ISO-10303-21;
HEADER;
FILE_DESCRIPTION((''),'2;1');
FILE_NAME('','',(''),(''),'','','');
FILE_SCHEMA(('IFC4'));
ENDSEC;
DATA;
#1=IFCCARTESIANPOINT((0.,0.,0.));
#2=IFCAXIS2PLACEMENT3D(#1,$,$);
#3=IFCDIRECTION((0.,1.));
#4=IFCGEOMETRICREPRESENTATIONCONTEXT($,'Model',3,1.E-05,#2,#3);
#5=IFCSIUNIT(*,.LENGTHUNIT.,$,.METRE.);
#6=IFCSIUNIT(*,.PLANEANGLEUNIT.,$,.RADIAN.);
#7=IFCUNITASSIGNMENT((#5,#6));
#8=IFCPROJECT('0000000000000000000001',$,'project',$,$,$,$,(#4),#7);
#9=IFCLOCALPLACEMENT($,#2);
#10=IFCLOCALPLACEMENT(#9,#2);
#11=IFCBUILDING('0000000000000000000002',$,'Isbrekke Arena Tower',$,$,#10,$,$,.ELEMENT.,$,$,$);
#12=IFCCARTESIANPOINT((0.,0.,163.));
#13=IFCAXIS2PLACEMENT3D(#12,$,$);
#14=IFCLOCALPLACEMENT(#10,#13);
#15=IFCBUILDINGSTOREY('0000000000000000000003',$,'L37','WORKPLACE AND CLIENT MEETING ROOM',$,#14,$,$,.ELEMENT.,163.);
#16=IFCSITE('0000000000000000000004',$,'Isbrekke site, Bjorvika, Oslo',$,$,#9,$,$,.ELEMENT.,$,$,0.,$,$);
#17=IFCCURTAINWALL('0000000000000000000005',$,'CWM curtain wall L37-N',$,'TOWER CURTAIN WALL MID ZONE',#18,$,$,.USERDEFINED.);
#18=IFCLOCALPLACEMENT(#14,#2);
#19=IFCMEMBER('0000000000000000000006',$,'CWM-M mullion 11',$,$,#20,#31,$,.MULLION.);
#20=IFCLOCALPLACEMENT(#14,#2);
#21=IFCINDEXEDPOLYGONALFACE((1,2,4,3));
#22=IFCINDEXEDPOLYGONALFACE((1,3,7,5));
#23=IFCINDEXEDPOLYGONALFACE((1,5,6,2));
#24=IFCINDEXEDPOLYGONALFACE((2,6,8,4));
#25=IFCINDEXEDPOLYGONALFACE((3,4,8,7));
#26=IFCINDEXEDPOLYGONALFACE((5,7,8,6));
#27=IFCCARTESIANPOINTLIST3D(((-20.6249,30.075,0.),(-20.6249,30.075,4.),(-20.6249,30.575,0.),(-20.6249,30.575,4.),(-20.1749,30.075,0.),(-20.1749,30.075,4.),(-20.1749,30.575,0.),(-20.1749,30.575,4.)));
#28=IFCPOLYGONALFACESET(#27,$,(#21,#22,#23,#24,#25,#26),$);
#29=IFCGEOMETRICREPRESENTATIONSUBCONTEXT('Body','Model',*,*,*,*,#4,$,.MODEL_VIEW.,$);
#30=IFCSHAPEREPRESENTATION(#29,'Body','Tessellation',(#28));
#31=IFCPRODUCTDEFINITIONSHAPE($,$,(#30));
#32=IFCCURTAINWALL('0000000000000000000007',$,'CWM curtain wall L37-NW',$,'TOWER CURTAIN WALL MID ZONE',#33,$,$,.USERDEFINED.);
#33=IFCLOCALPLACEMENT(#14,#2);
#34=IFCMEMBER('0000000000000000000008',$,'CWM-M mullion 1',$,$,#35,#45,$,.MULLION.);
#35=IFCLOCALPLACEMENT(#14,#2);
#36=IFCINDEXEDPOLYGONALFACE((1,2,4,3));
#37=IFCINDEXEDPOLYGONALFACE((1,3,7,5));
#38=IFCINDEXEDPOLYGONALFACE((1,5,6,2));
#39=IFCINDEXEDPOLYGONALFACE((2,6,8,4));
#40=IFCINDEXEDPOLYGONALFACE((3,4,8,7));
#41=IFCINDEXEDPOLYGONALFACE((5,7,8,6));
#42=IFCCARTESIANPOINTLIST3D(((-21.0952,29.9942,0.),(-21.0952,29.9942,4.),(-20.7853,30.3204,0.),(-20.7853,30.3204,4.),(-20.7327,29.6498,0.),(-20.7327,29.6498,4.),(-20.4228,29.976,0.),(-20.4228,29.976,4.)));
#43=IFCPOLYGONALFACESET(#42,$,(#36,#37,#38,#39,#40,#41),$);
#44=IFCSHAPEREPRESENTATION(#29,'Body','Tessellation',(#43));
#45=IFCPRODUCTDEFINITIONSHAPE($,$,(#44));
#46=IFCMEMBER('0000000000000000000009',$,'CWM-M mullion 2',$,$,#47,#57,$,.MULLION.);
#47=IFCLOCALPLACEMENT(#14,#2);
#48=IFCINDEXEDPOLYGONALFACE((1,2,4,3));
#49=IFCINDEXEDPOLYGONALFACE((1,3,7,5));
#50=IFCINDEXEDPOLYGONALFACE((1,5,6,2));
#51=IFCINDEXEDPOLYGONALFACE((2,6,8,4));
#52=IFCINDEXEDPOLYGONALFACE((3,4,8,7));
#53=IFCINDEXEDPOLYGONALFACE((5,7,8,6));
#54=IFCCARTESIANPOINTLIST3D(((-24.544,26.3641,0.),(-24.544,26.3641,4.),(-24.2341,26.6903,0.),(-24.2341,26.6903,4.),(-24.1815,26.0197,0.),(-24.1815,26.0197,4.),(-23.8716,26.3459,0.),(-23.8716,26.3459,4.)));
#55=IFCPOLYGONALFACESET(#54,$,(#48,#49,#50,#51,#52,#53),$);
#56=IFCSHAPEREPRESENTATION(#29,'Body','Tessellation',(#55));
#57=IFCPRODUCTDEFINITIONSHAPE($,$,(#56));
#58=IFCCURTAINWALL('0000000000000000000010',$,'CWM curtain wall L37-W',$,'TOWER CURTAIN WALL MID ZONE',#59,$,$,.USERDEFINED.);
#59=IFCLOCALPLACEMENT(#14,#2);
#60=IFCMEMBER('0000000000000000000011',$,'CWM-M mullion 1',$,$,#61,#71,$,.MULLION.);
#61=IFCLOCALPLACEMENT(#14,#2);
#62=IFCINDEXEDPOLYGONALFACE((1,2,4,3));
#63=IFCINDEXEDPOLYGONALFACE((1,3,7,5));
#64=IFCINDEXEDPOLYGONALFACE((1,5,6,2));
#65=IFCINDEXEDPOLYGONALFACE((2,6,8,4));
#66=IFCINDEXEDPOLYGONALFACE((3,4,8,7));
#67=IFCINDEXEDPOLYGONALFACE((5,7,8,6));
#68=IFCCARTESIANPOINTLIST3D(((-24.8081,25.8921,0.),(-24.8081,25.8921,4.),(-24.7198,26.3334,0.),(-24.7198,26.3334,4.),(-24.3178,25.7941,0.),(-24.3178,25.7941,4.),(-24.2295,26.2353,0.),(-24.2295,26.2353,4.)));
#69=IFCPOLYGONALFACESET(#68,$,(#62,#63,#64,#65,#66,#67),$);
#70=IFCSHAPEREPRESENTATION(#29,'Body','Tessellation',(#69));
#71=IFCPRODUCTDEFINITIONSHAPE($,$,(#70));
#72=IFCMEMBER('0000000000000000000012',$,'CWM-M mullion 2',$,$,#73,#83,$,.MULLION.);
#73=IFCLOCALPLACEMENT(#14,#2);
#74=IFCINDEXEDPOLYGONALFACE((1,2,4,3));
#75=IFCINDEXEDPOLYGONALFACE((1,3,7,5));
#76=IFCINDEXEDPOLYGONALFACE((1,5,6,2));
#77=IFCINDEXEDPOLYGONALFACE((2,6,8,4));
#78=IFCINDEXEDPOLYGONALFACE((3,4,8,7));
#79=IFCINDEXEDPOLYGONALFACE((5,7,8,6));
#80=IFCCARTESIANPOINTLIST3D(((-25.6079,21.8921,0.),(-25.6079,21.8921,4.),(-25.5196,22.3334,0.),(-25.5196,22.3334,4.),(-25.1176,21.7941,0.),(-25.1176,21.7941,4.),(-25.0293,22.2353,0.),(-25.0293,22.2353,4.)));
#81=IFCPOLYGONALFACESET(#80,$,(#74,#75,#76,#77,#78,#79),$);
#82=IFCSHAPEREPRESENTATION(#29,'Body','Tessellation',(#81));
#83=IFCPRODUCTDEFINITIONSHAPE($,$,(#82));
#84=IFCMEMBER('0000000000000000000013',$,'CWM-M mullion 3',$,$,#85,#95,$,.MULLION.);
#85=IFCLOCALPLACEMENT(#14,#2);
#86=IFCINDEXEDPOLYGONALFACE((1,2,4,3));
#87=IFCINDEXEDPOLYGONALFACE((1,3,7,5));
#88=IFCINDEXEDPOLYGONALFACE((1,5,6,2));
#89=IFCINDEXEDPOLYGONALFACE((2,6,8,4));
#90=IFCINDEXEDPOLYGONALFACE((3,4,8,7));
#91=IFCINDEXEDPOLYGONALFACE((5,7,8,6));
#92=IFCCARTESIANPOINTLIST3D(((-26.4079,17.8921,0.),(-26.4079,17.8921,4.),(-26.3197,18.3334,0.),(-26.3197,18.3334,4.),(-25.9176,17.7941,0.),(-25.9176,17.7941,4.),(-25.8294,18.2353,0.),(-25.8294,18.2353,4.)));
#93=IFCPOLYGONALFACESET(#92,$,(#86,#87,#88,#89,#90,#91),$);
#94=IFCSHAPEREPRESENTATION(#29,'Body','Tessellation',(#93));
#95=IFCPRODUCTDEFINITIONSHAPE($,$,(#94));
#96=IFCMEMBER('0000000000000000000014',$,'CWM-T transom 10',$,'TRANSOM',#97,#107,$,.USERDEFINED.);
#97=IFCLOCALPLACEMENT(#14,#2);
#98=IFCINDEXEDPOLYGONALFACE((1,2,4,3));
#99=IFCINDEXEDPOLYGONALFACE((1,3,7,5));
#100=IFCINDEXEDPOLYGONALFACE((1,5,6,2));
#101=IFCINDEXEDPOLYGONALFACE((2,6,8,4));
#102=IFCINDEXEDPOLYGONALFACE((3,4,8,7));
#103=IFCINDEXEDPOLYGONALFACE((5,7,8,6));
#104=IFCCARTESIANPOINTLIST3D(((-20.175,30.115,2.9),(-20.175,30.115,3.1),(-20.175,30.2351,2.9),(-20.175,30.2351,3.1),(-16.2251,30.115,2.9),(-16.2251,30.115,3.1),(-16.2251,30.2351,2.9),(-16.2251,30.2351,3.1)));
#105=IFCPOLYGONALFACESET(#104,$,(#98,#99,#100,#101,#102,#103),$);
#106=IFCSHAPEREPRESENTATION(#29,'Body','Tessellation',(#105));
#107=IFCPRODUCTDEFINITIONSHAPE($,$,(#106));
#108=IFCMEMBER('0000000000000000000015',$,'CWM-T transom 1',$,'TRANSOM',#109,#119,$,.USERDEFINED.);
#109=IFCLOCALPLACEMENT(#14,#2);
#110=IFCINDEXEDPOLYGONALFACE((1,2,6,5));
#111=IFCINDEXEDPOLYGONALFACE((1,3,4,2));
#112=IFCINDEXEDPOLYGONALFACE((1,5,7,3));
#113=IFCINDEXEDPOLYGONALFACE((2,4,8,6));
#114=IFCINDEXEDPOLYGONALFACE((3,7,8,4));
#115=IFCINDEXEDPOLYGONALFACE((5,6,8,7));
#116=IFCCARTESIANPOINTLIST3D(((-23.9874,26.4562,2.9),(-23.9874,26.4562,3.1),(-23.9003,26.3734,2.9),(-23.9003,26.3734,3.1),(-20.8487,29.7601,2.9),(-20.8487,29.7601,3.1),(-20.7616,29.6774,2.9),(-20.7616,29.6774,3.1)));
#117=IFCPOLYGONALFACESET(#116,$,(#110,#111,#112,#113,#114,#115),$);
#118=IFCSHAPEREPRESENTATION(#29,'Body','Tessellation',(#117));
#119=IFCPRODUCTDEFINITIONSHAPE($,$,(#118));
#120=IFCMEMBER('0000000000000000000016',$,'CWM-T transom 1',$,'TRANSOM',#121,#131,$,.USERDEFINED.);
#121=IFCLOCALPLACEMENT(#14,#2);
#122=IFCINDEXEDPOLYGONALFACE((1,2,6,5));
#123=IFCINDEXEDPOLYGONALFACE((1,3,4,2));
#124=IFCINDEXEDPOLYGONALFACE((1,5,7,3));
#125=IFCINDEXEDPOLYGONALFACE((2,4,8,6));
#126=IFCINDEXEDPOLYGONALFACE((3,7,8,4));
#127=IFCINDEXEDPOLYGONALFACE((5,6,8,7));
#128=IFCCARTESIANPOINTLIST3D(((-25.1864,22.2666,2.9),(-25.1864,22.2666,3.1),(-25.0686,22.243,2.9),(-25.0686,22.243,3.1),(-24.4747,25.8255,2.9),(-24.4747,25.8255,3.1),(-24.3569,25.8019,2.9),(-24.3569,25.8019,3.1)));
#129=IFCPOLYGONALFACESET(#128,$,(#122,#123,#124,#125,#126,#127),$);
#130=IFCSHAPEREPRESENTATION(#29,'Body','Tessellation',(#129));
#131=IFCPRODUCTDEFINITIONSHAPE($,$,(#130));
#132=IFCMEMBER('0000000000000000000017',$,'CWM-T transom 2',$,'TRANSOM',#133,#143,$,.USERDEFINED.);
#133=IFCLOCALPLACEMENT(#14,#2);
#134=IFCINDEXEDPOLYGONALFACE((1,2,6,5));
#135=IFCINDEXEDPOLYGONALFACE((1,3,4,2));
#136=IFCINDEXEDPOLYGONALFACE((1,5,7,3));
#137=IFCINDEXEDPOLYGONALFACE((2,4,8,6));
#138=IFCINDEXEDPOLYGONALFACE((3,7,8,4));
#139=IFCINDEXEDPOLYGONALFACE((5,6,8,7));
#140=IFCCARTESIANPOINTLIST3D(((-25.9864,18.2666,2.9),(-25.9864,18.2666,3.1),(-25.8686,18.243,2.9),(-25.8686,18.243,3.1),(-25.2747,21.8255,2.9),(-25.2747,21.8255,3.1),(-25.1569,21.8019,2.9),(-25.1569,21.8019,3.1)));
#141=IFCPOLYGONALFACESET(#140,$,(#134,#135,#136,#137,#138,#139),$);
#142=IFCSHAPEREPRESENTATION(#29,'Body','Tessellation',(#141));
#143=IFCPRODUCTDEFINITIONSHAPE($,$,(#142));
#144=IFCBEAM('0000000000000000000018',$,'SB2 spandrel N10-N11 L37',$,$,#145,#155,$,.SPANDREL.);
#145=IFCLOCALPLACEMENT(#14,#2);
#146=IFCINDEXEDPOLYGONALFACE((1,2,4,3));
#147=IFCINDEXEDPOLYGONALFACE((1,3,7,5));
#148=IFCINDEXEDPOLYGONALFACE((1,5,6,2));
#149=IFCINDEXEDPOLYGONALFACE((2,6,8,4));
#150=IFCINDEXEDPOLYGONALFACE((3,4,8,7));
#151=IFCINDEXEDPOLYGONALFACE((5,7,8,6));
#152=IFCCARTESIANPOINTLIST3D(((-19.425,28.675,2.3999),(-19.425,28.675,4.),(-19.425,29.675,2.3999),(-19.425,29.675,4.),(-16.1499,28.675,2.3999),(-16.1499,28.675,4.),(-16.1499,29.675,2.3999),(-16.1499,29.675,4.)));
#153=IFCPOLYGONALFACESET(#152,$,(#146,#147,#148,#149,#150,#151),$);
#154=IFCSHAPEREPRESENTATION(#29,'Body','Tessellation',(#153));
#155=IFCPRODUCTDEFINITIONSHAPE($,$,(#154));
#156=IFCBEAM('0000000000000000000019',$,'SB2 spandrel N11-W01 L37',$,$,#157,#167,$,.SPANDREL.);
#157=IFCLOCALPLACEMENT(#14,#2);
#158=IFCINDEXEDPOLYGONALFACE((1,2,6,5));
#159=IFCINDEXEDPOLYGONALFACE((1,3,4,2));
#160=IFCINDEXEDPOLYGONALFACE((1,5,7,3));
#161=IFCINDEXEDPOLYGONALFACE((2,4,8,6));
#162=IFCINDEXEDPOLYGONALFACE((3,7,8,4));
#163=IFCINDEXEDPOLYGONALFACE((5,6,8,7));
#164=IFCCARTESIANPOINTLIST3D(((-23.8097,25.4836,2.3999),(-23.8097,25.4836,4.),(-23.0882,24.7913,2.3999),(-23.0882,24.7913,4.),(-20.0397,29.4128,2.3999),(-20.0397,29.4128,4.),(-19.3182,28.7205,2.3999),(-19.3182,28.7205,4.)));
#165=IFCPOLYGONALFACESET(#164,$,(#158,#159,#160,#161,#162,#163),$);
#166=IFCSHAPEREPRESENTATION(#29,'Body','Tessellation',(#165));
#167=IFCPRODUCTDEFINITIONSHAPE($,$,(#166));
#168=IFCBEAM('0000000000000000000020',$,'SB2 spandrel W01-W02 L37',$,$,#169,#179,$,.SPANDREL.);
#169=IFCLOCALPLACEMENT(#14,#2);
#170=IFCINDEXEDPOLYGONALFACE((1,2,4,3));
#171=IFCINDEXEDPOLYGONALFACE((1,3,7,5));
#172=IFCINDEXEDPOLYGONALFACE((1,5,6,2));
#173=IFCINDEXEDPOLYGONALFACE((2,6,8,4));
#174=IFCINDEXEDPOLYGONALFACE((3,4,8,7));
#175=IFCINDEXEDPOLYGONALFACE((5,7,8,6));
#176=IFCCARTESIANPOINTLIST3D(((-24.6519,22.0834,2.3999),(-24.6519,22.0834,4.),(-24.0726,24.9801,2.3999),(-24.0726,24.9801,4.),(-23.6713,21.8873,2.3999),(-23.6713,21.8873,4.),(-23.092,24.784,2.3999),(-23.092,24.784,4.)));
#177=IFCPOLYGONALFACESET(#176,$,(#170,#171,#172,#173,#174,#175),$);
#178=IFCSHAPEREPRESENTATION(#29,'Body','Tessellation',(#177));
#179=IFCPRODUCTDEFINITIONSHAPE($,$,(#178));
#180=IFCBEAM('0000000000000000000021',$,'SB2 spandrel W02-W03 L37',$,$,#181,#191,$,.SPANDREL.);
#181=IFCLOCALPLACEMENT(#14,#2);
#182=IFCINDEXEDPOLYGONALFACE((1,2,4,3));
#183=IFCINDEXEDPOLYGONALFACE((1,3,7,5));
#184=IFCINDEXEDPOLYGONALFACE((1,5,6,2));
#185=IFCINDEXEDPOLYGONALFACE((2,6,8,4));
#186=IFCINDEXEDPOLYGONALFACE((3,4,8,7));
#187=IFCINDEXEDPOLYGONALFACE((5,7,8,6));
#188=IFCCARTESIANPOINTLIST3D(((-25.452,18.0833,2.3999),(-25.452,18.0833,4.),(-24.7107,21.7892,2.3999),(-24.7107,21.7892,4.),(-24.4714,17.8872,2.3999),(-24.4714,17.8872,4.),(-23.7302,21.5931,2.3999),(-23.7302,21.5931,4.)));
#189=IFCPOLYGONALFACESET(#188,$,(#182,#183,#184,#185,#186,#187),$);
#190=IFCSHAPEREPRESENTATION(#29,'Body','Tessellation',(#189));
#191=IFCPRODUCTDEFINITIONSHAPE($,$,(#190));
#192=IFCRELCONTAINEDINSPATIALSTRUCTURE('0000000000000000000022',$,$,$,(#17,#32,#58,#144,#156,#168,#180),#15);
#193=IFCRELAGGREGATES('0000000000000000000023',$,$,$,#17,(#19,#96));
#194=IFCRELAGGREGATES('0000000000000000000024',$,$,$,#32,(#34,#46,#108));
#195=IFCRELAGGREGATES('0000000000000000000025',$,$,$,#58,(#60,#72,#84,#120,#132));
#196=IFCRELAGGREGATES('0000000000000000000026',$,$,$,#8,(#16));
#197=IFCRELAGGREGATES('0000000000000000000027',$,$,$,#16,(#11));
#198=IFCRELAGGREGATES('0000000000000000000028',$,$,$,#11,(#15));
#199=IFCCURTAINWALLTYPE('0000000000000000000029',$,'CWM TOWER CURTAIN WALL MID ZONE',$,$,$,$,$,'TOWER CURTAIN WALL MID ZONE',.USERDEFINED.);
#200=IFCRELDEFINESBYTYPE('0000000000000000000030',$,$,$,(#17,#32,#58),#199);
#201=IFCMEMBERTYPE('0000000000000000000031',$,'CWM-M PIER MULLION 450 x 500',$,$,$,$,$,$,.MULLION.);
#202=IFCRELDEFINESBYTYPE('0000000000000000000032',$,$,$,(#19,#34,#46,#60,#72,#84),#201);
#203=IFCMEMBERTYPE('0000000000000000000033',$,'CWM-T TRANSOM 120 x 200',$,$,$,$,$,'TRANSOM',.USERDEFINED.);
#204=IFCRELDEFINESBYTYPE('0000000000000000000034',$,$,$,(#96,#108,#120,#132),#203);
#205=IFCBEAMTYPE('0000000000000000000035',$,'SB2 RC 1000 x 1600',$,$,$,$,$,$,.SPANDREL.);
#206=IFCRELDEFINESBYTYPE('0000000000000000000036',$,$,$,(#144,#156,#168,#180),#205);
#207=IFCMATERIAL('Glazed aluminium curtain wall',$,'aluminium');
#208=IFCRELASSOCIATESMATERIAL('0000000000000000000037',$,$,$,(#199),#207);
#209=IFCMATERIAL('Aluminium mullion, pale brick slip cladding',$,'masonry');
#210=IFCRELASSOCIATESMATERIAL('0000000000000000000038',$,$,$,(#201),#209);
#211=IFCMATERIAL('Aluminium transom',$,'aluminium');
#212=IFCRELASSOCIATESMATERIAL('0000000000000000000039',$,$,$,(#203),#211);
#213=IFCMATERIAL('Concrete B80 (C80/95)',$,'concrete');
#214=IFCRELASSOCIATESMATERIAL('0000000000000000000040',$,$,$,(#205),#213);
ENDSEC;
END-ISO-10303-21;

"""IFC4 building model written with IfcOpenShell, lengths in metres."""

from ifc_helpers import new_model, si_unit, direction, frame, origin, origin_2d, place, context, subcontext, project, spatial, rectangle, extrude, material, material_profile, profile_set, type_object, element, aggregate, save


model = new_model("IFC4")

# Units and contexts
model_context = context("Model", 3, precision=1e-05, world=origin(), true_north=direction((0.0, 1.0)))
body_context = subcontext(model_context, "Body", "Model", "MODEL_VIEW")
ifc_project = project(units=[si_unit("LENGTHUNIT", "METRE"), si_unit("PLANEANGLEUNIT", "RADIAN")], contexts=[model_context])

# Site, building, storey
site_placement = place(None, origin())
site = spatial("IfcSite", under=ifc_project, at=site_placement, Name="Isbrekke site, Bjorvika, Oslo", CompositionType="ELEMENT", RefElevation=0.0)
building_placement = place(site_placement, origin())
building = spatial("IfcBuilding", under=site, at=building_placement, Name="Isbrekke Arena Tower", CompositionType="ELEMENT")
storey_placement = place(building_placement, frame((0.0, 0.0, 163.0)))
storey = spatial("IfcBuildingStorey", under=building, at=storey_placement, Name="L37", Description="WORKPLACE AND CLIENT MEETING ROOM", CompositionType="ELEMENT", Elevation=163.0)

# Curtain wall, member
ifc_material_1 = material(Name="Glazed aluminium curtain wall", Category="aluminium")
curtain_wall_type = type_object("IfcCurtainWallType", Name="CWM TOWER CURTAIN WALL MID ZONE", ElementType="TOWER CURTAIN WALL MID ZONE", PredefinedType="USERDEFINED", material=ifc_material_1)
curtain_wall_1_placement = place(storey_placement, origin())
curtain_wall_1 = element("IfcCurtainWall", 1, at=curtain_wall_1_placement, inside=storey, type_object=curtain_wall_type, Name="CWM curtain wall L37-N", ObjectType="TOWER CURTAIN WALL MID ZONE", PredefinedType="USERDEFINED")
ifc_material_2 = material(Name="Aluminium mullion, pale brick slip cladding", Category="masonry")
ifc_material_profile_1 = material_profile(ifc_material_2, rectangle(XDim=0.45, YDim=0.5, at=origin_2d()), Name="PIER 450X500")
ifc_profile_set_1 = profile_set([ifc_material_profile_1], Name="Aluminium mullion, pale brick slip cladding")
member_type_1 = type_object("IfcMemberType", Name="CWM-M PIER MULLION 450 x 500", PredefinedType="MULLION", material=ifc_profile_set_1)
member_1_placement = place(storey_placement, frame((-20.3999, 30.325, 0.0), z_axis=(0.0, 0.0, 1.0), x_axis=(-1.0, 0.0, 0.0)))
member_1 = element("IfcMember", 2, at=member_1_placement, type_object=member_type_1, Name="CWM-M mullion 11", PredefinedType="MULLION", context=body_context, shape_type="SweptSolid", body=[
    extrude(rectangle(XDim=0.45, YDim=0.5, at=origin_2d()), origin(), (0.0, 0.0, 1.0), 4.0),
])

# Curtain walls, members
curtain_wall_2_placement = place(storey_placement, origin())
curtain_wall_2 = element("IfcCurtainWall", 3, at=curtain_wall_2_placement, inside=storey, type_object=curtain_wall_type, Name="CWM curtain wall L37-NW", ObjectType="TOWER CURTAIN WALL MID ZONE", PredefinedType="USERDEFINED")
member_2_placement = place(storey_placement, frame((-20.759, 29.9851, 0.0), z_axis=(0.0, 0.0, 1.0), x_axis=(-0.688749, -0.724999, 0.0)))
member_2 = element("IfcMember", 4, at=member_2_placement, type_object=member_type_1, Name="CWM-M mullion 1", PredefinedType="MULLION", context=body_context, shape_type="SweptSolid", body=[
    extrude(rectangle(XDim=0.45, YDim=0.5, at=origin_2d()), origin(), (0.0, 0.0, 1.0), 4.0),
])
member_3_placement = place(storey_placement, frame((-24.2078, 26.355, 0.0), z_axis=(0.0, 0.0, 1.0), x_axis=(-0.688749, -0.724999, 0.0)))
member_3 = element("IfcMember", 5, at=member_3_placement, type_object=member_type_1, Name="CWM-M mullion 2", PredefinedType="MULLION", context=body_context, shape_type="SweptSolid", body=[
    extrude(rectangle(XDim=0.45, YDim=0.5, at=origin_2d()), origin(), (0.0, 0.0, 1.0), 4.0),
])
curtain_wall_3_placement = place(storey_placement, origin())
curtain_wall_3 = element("IfcCurtainWall", 6, at=curtain_wall_3_placement, inside=storey, type_object=curtain_wall_type, Name="CWM curtain wall L37-W", ObjectType="TOWER CURTAIN WALL MID ZONE", PredefinedType="USERDEFINED")
member_4_placement = place(storey_placement, frame((-24.5188, 26.0637, 0.0), z_axis=(0.0, 0.0, 1.0), x_axis=(-0.196116, -0.980581, 0.0)))
member_4 = element("IfcMember", 7, at=member_4_placement, type_object=member_type_1, Name="CWM-M mullion 1", PredefinedType="MULLION", context=body_context, shape_type="SweptSolid", body=[
    extrude(rectangle(XDim=0.45, YDim=0.5, at=origin_2d()), origin(), (0.0, 0.0, 1.0), 4.0),
])
member_5_placement = place(storey_placement, frame((-25.3186, 22.0637, 0.0), z_axis=(0.0, 0.0, 1.0), x_axis=(-0.196116, -0.980581, 0.0)))
member_5 = element("IfcMember", 8, at=member_5_placement, type_object=member_type_1, Name="CWM-M mullion 2", PredefinedType="MULLION", context=body_context, shape_type="SweptSolid", body=[
    extrude(rectangle(XDim=0.45, YDim=0.5, at=origin_2d()), origin(), (0.0, 0.0, 1.0), 4.0),
])
member_6_placement = place(storey_placement, frame((-26.1187, 18.0637, 0.0), z_axis=(0.0, 0.0, 1.0), x_axis=(-0.196116, -0.980581, 0.0)))
member_6 = element("IfcMember", 9, at=member_6_placement, type_object=member_type_1, Name="CWM-M mullion 3", PredefinedType="MULLION", context=body_context, shape_type="SweptSolid", body=[
    extrude(rectangle(XDim=0.45, YDim=0.5, at=origin_2d()), origin(), (0.0, 0.0, 1.0), 4.0),
])

# Members
ifc_material_3 = material(Name="Aluminium transom", Category="aluminium")
ifc_material_profile_2 = material_profile(ifc_material_3, rectangle(XDim=0.1201, YDim=0.2, at=origin_2d()), Name="TRANSOM 120X200")
ifc_profile_set_2 = profile_set([ifc_material_profile_2], Name="Aluminium transom")
member_type_2 = type_object("IfcMemberType", Name="CWM-T TRANSOM 120 x 200", ElementType="TRANSOM", PredefinedType="USERDEFINED", material=ifc_profile_set_2)
member_7_placement = place(storey_placement, frame((-16.2251, 30.175, 3.0), z_axis=(-1.0, 0.0, 0.0), x_axis=(0.0, -1.0, 0.0)))
member_7 = element("IfcMember", 10, at=member_7_placement, type_object=member_type_2, Name="CWM-T transom 10", ObjectType="TRANSOM", PredefinedType="USERDEFINED", context=body_context, shape_type="SweptSolid", body=[
    extrude(rectangle(XDim=0.1201, YDim=0.2, at=origin_2d()), origin(), (0.0, 0.0, 1.0), 3.95),
])
member_8_placement = place(storey_placement, frame((-20.8052, 29.7188, 3.0), z_axis=(-0.68874, -0.725009, 0.0), x_axis=(0.725009, -0.68874, 0.0)))
member_8 = element("IfcMember", 11, at=member_8_placement, type_object=member_type_2, Name="CWM-T transom 1", ObjectType="TRANSOM", PredefinedType="USERDEFINED", context=body_context, shape_type="SweptSolid", body=[
    extrude(rectangle(XDim=0.1201, YDim=0.2, at=origin_2d()), origin(), (0.0, 0.0, 1.0), 4.5571),
])
member_9_placement = place(storey_placement, frame((-24.4158, 25.8137, 3.0), z_axis=(-0.19609, -0.980586, 0.0), x_axis=(0.980586, -0.19609, 0.0)))
member_9 = element("IfcMember", 12, at=member_9_placement, type_object=member_type_2, Name="CWM-T transom 1", ObjectType="TRANSOM", PredefinedType="USERDEFINED", context=body_context, shape_type="SweptSolid", body=[
    extrude(rectangle(XDim=0.1201, YDim=0.2, at=origin_2d()), origin(), (0.0, 0.0, 1.0), 3.6294),
])
member_10_placement = place(storey_placement, frame((-25.2158, 21.8137, 3.0), z_axis=(-0.19609, -0.980586, 0.0), x_axis=(0.980586, -0.19609, 0.0)))
member_10 = element("IfcMember", 13, at=member_10_placement, type_object=member_type_2, Name="CWM-T transom 2", ObjectType="TRANSOM", PredefinedType="USERDEFINED", context=body_context, shape_type="SweptSolid", body=[
    extrude(rectangle(XDim=0.1201, YDim=0.2, at=origin_2d()), origin(), (0.0, 0.0, 1.0), 3.6294),
])

# Beams
ifc_material_4 = material(Name="Concrete B80 (C80/95)", Category="concrete")
ifc_material_profile_3 = material_profile(ifc_material_4, rectangle(XDim=1.0, YDim=1.6001, at=origin_2d()), Name="RC 1000x1600")
ifc_profile_set_3 = profile_set([ifc_material_profile_3], Name="Concrete B80 (C80/95)")
beam_type_1 = type_object("IfcBeamType", Name="SB2 RC 1000 x 1600", PredefinedType="SPANDREL", material=ifc_profile_set_3)
beam_1_placement = place(storey_placement, frame((-16.1499, 29.175, 3.2), z_axis=(-1.0, 0.0, 0.0), x_axis=(0.0, -1.0, 0.0)))
element("IfcBeam", 14, at=beam_1_placement, inside=storey, type_object=beam_type_1, Name="SB2 spandrel N10-N11 L37", PredefinedType="SPANDREL", context=body_context, shape_type="SweptSolid", body=[
    extrude(rectangle(XDim=1.0, YDim=1.6001, at=origin_2d()), origin(), (0.0, 0.0, 1.0), 3.2751),
])
beam_2_placement = place(storey_placement, frame((-19.679, 29.0667, 3.2), z_axis=(-0.69234, -0.721572, 0.0), x_axis=(0.721572, -0.69234, 0.0)))
element("IfcBeam", 15, at=beam_2_placement, inside=storey, type_object=beam_type_1, Name="SB2 spandrel N11-W01 L37", PredefinedType="SPANDREL", context=body_context, shape_type="SweptSolid", body=[
    extrude(rectangle(XDim=1.0, YDim=1.6001, at=origin_2d()), origin(), (0.0, 0.0, 1.0), 5.4453),
])
beam_3_placement = place(storey_placement, frame((-23.5823, 24.8821, 3.2), z_axis=(-0.196116, -0.980581, 0.0), x_axis=(0.980581, -0.196116, 0.0)))
element("IfcBeam", 16, at=beam_3_placement, inside=storey, type_object=beam_type_1, Name="SB2 spandrel W01-W02 L37", PredefinedType="SPANDREL", context=body_context, shape_type="SweptSolid", body=[
    extrude(rectangle(XDim=1.0, YDim=1.6001, at=origin_2d()), origin(), (0.0, 0.0, 1.0), 2.9541),
])
beam_4_placement = place(storey_placement, frame((-24.2205, 21.6912, 3.2), z_axis=(-0.196129, -0.980578, 0.0), x_axis=(0.980578, -0.196129, 0.0)))
element("IfcBeam", 17, at=beam_4_placement, inside=storey, type_object=beam_type_1, Name="SB2 spandrel W02-W03 L37", PredefinedType="SPANDREL", context=body_context, shape_type="SweptSolid", body=[
    extrude(rectangle(XDim=1.0, YDim=1.6001, at=origin_2d()), origin(), (0.0, 0.0, 1.0), 3.7793),
])

aggregate(curtain_wall_1, [member_1, member_7])
aggregate(curtain_wall_2, [member_2, member_3, member_8])
aggregate(curtain_wall_3, [member_4, member_5, member_6, member_9, member_10])

save(model, "model.ifc")
